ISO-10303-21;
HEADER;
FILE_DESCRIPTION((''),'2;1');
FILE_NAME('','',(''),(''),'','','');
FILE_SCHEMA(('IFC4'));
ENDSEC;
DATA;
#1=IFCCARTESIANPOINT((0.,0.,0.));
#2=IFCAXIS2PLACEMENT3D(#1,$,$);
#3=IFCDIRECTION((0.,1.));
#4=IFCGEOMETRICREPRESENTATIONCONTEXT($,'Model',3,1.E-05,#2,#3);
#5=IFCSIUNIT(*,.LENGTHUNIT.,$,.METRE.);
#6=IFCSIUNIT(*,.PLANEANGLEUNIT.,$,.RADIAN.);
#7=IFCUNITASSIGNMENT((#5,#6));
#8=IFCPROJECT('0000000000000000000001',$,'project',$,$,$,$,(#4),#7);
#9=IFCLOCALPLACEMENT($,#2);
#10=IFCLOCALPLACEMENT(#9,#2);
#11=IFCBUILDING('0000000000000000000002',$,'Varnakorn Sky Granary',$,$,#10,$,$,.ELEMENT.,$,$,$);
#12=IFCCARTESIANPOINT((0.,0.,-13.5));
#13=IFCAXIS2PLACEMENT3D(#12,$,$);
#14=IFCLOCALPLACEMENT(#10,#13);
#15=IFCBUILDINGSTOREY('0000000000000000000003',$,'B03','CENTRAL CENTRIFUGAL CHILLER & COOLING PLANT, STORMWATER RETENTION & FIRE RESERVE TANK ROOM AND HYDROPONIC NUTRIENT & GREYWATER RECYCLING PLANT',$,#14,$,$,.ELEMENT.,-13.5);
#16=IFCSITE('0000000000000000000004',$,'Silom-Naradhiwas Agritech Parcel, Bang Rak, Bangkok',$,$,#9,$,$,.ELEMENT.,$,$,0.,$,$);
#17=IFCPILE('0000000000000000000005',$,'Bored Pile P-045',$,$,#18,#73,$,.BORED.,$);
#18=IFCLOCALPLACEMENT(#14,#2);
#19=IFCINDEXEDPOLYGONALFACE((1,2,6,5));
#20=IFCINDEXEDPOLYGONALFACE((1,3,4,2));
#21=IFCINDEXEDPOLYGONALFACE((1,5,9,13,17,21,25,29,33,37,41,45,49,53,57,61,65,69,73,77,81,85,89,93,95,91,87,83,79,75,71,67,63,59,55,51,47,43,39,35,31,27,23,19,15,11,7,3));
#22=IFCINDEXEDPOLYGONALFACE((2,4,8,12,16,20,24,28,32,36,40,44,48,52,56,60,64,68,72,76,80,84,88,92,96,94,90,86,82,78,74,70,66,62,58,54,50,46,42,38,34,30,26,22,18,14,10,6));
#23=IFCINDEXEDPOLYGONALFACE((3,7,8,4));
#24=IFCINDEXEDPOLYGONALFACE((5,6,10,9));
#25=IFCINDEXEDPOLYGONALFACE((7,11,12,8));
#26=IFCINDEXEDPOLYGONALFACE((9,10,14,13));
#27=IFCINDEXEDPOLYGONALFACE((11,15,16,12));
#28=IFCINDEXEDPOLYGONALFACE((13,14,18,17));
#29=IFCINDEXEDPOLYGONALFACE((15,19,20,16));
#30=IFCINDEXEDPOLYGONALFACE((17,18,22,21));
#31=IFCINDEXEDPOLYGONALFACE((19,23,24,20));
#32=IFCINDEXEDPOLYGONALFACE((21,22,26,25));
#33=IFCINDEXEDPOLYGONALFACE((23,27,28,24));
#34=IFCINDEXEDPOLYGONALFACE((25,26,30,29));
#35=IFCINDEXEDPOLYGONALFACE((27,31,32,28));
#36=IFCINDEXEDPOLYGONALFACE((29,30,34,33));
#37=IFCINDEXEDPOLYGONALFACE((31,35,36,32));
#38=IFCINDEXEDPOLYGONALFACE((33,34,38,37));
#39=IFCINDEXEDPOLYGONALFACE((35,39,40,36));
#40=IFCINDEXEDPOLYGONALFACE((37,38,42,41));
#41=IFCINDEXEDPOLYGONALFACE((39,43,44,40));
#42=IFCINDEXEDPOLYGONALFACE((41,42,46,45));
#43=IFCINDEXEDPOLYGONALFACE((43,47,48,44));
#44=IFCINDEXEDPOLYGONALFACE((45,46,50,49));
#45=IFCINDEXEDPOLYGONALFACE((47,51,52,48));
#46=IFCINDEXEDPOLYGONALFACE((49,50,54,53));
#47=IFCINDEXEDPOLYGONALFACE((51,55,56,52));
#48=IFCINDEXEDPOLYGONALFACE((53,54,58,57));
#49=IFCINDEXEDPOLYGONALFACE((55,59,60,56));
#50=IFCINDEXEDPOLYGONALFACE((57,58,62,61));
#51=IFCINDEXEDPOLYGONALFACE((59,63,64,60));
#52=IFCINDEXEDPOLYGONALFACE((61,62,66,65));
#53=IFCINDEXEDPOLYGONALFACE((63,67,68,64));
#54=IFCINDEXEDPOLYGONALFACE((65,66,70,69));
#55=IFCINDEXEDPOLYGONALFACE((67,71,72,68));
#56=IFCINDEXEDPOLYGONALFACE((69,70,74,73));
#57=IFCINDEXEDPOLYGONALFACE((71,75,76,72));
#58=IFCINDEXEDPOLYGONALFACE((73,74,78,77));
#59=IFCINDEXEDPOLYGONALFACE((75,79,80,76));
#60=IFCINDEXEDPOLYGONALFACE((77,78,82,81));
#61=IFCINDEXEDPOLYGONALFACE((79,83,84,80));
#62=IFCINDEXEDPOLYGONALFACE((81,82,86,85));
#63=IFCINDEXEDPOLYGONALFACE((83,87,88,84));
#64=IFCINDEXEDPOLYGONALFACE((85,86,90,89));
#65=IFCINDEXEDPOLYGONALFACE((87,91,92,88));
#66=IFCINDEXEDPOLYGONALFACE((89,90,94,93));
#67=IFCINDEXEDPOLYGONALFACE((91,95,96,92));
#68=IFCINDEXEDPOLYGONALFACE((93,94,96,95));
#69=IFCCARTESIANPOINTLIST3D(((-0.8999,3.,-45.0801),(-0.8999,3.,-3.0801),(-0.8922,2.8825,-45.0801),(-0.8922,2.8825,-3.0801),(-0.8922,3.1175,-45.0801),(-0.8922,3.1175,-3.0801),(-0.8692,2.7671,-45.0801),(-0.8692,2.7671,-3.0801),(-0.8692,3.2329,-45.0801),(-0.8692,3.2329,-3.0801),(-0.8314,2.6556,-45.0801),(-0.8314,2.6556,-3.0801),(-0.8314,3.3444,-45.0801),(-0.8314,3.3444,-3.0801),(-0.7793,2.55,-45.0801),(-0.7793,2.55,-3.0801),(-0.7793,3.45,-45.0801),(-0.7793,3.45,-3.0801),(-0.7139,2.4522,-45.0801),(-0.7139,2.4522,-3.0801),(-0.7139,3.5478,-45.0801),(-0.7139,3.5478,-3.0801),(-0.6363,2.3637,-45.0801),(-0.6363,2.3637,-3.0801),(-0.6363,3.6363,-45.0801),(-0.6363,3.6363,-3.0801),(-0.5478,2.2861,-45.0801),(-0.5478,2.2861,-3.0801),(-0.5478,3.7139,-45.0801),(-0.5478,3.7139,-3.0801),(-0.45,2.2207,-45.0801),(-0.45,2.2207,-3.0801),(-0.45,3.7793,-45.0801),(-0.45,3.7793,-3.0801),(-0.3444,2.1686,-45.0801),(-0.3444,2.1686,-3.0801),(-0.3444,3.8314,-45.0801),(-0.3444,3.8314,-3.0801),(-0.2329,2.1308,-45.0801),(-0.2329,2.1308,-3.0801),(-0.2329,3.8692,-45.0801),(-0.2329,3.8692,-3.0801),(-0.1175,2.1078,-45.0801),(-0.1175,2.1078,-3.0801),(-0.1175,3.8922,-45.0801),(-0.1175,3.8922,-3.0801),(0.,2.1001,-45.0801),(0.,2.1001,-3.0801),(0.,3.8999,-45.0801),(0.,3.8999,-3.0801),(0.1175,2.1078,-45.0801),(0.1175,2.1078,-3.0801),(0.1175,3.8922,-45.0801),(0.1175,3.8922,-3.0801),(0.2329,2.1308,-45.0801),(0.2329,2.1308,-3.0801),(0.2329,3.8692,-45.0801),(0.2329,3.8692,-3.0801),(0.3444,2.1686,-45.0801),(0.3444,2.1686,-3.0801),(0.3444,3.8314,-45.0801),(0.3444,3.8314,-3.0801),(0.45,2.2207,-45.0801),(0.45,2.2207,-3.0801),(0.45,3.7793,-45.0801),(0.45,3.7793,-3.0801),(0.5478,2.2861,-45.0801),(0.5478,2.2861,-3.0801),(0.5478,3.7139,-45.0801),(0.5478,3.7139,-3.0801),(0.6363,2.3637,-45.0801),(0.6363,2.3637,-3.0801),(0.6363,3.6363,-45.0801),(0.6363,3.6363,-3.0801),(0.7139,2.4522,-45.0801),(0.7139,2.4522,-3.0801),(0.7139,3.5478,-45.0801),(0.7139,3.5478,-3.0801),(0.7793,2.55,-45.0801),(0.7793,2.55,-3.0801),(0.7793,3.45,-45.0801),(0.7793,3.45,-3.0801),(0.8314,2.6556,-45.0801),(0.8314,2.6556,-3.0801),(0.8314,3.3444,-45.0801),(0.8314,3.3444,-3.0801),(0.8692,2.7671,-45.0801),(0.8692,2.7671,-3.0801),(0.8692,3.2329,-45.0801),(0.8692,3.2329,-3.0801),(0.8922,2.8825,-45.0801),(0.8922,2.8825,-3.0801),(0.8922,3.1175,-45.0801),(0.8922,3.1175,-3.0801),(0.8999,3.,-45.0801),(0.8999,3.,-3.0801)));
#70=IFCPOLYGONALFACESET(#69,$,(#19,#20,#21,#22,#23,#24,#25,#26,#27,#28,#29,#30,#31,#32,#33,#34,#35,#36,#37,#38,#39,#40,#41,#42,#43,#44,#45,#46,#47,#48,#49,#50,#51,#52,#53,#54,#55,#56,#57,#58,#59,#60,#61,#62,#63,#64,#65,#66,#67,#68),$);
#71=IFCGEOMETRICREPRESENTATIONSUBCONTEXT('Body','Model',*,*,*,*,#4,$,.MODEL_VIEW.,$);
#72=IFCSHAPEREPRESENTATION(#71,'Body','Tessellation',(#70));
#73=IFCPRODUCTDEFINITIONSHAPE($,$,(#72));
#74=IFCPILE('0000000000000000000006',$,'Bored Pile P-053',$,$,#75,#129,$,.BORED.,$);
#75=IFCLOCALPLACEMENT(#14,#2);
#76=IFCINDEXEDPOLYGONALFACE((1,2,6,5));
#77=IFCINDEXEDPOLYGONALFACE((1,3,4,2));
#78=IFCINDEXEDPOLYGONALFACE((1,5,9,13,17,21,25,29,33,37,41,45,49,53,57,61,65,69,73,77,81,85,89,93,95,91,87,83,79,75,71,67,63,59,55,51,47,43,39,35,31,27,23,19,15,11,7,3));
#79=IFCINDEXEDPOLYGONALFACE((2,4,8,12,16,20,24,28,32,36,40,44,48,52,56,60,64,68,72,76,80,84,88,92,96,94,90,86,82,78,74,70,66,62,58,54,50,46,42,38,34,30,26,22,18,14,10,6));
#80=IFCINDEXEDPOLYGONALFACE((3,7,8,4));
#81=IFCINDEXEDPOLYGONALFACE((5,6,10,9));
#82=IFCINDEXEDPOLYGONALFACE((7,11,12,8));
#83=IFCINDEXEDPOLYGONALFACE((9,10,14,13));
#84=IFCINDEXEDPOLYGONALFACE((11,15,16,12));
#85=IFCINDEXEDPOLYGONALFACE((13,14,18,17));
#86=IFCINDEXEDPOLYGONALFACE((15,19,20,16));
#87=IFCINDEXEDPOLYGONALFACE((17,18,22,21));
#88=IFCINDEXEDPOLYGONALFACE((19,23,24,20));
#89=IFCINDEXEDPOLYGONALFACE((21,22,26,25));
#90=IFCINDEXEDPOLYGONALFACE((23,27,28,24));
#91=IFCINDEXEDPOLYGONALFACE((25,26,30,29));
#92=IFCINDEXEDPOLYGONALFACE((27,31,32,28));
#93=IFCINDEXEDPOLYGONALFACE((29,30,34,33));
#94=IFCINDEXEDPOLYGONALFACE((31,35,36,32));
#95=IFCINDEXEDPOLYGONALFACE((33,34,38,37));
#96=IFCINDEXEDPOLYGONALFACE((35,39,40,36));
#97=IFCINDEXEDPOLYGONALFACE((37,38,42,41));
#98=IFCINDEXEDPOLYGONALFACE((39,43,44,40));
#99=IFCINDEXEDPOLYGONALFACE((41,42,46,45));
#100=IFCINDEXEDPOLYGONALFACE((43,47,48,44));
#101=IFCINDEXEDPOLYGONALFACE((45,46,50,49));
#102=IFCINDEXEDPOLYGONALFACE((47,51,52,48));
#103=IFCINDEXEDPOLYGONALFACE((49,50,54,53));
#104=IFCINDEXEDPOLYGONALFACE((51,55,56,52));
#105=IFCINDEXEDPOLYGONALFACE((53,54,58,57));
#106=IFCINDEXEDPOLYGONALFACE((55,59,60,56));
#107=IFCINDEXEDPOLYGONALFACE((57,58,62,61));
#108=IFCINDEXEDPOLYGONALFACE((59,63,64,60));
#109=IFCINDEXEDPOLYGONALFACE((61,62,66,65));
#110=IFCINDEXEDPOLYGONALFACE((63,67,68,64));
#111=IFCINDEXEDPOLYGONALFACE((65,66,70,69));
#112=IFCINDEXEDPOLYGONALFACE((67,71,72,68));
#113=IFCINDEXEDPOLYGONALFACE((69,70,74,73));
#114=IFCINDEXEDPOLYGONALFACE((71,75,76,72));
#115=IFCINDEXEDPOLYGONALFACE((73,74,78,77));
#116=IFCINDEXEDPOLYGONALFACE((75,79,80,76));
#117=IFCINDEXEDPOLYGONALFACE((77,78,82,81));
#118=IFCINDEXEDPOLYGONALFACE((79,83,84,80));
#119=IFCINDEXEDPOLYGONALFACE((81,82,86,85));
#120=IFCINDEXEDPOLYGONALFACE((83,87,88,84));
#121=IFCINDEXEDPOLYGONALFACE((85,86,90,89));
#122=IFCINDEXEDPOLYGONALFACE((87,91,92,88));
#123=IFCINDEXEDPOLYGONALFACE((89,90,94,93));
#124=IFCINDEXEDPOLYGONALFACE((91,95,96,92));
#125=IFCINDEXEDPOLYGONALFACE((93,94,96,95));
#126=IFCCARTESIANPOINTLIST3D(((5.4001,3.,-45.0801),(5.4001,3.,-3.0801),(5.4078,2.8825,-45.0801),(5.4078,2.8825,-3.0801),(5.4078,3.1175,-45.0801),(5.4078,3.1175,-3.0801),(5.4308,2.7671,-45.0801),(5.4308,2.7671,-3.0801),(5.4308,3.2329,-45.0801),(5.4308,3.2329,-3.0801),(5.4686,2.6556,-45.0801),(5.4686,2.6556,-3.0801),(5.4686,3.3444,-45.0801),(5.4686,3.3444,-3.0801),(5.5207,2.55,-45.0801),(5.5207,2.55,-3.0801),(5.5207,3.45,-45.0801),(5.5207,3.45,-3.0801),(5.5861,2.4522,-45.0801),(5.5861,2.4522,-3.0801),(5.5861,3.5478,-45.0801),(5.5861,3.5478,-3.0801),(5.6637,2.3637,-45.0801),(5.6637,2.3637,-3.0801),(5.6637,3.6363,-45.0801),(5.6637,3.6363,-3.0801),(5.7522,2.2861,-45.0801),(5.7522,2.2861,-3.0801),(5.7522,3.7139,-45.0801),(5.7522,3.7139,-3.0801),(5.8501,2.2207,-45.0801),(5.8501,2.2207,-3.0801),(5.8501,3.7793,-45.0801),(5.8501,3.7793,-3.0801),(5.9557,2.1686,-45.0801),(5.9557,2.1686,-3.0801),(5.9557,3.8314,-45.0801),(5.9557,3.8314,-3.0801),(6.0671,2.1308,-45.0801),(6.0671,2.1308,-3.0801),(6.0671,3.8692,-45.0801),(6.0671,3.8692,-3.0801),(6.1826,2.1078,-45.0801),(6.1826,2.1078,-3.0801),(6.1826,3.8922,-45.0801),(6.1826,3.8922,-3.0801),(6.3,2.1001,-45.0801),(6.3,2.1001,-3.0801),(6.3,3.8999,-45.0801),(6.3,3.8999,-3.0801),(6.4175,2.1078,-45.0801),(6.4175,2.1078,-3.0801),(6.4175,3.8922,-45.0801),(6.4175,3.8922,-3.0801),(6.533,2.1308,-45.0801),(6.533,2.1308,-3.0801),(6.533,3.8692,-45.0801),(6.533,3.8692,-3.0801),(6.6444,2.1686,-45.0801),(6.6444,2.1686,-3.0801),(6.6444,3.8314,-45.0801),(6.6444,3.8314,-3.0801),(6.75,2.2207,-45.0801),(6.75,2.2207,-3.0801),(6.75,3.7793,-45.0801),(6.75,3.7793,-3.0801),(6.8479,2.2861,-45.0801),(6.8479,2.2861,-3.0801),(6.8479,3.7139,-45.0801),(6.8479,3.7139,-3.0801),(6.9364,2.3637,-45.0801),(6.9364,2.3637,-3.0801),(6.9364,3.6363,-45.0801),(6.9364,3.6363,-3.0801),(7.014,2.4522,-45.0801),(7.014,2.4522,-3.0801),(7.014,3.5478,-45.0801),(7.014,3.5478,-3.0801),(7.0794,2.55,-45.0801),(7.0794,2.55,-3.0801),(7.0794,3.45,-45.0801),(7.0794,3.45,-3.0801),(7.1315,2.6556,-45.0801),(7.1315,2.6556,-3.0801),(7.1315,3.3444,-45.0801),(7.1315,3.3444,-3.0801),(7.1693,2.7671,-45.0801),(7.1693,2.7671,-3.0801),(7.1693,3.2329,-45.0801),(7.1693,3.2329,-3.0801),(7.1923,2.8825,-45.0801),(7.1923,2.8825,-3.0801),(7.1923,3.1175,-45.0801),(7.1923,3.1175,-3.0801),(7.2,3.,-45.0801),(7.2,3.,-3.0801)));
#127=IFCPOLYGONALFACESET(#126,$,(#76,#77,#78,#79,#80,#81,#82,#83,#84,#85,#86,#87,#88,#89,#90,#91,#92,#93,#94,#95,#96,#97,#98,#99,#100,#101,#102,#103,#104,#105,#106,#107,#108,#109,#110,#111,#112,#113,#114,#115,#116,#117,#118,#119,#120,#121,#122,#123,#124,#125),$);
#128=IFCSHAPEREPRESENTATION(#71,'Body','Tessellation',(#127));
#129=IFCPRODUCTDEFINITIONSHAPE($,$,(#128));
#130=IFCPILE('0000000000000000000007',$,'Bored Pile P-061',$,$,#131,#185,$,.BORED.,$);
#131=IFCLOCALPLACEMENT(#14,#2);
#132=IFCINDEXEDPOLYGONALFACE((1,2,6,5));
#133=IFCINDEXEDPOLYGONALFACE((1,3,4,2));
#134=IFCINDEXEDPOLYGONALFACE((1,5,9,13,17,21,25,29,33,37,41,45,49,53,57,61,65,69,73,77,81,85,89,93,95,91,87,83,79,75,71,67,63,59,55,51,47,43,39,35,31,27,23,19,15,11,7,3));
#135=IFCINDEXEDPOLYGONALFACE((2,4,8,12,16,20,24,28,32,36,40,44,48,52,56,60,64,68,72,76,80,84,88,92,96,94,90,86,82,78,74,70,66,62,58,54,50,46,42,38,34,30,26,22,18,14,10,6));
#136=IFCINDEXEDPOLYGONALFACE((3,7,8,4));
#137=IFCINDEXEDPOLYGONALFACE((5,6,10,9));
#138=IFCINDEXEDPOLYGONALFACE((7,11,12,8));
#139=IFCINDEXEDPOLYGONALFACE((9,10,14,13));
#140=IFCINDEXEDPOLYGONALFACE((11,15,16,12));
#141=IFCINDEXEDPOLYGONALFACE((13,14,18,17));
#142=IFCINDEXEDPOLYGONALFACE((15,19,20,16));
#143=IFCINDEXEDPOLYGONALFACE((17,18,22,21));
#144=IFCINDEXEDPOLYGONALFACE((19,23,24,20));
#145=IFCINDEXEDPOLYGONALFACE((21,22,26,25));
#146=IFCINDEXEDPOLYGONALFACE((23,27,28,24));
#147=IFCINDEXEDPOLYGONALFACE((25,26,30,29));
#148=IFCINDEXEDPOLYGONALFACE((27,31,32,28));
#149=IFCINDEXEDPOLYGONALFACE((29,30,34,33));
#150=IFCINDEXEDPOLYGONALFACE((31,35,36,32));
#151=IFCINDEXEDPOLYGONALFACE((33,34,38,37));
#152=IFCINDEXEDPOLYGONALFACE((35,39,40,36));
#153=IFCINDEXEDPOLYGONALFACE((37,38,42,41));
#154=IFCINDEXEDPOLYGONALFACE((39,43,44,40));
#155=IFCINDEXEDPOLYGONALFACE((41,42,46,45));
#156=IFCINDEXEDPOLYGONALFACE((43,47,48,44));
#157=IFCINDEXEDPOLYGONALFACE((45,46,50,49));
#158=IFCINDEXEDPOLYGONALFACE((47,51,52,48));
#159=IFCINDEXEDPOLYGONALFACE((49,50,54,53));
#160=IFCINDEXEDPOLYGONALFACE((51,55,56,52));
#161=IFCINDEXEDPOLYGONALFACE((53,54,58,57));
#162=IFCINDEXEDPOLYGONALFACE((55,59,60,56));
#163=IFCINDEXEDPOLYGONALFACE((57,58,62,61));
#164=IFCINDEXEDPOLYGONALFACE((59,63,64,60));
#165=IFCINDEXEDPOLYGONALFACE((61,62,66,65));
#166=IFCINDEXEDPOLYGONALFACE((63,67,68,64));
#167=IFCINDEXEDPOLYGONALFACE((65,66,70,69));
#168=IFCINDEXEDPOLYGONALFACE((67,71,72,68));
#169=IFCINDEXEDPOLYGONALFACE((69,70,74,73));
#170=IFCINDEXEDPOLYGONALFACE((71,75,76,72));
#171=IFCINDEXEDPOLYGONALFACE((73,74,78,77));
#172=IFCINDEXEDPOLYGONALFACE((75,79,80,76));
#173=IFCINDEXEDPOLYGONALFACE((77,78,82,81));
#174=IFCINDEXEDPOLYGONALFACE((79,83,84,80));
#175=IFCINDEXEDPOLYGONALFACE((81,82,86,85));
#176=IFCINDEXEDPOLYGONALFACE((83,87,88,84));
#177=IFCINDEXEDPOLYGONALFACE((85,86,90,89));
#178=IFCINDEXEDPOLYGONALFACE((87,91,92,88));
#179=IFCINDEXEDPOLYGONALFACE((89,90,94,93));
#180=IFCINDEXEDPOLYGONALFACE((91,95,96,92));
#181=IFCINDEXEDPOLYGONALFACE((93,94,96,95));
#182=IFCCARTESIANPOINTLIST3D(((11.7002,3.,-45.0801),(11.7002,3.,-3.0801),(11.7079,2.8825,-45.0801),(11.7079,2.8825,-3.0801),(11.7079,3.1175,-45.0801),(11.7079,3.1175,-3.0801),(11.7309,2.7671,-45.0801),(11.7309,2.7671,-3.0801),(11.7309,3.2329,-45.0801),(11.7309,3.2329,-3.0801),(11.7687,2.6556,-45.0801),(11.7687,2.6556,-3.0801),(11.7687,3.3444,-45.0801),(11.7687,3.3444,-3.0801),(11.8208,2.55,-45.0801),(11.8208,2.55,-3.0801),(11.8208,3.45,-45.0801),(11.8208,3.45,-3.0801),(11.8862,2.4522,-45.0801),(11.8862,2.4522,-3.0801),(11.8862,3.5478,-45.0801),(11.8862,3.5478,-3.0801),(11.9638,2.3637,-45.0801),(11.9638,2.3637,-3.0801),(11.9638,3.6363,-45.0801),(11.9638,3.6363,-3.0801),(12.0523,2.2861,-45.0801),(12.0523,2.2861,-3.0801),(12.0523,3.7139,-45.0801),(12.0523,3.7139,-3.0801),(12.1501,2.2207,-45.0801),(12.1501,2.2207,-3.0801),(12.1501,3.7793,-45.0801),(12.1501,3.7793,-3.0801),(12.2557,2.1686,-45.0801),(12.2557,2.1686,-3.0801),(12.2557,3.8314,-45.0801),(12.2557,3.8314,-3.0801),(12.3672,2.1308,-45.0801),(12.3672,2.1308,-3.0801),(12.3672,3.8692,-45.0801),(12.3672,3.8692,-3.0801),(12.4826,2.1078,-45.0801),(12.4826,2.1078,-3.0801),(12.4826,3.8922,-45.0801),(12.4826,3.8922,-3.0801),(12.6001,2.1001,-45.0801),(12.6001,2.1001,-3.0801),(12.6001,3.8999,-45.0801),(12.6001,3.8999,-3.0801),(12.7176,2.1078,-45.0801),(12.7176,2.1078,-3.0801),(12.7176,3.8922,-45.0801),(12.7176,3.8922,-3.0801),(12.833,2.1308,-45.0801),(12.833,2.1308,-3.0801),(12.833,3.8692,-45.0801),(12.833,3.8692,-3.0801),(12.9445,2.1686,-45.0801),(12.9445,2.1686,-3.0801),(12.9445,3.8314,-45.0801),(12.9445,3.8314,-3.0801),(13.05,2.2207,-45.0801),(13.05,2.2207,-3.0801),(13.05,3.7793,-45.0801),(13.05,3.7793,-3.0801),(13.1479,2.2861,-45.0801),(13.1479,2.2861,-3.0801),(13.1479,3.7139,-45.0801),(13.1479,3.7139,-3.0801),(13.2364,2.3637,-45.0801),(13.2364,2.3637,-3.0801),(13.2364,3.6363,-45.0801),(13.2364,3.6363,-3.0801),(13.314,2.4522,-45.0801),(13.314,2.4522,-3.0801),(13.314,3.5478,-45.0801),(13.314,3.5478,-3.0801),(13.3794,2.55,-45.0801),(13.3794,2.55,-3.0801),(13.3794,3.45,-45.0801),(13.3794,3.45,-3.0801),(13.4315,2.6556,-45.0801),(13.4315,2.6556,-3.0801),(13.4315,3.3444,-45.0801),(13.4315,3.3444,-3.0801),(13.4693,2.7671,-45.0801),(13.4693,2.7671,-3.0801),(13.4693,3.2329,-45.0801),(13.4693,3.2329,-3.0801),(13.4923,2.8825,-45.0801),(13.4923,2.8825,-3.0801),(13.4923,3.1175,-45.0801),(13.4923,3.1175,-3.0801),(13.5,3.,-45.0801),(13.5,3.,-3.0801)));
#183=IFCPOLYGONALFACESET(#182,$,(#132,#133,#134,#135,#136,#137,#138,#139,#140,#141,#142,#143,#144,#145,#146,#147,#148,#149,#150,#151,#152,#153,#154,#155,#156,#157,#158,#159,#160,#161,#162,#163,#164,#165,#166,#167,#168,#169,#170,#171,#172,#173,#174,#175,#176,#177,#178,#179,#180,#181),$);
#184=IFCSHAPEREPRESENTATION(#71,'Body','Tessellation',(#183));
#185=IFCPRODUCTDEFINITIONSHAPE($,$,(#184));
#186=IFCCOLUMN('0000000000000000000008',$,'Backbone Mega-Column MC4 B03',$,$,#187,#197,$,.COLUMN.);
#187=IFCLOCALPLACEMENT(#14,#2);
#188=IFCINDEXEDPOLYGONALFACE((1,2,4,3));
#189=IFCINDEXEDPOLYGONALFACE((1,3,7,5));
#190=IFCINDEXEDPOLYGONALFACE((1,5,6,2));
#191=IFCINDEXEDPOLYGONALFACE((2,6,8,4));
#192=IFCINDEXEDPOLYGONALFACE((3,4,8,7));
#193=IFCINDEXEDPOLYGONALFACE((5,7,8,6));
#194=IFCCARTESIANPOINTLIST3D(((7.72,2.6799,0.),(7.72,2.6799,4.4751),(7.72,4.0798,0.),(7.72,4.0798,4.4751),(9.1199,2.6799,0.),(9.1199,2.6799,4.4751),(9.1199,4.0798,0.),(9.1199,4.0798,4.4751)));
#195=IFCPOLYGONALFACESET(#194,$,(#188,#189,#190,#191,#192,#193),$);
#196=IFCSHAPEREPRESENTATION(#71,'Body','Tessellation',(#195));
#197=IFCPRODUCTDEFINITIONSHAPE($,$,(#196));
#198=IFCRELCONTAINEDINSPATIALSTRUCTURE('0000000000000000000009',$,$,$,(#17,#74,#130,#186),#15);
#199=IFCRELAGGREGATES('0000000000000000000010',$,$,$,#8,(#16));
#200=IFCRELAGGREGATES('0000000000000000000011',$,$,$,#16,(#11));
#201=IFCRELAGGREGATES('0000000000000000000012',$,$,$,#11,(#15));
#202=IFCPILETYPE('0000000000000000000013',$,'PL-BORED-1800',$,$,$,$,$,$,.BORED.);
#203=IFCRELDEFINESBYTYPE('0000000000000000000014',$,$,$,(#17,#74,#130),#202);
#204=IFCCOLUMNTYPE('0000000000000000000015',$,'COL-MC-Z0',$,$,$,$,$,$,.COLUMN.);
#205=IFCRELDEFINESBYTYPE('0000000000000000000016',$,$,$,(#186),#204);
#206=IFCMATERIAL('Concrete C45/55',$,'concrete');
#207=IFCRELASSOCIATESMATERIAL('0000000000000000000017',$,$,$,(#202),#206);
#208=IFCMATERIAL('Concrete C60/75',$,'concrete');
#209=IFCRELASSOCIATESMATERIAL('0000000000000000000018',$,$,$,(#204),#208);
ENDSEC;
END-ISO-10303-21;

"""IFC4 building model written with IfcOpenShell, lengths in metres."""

from ifc_helpers import new_model, si_unit, direction, frame, origin, origin_2d, place, context, subcontext, project, spatial, rectangle, circle, extrude, material, material_profile, profile_set, type_object, element, save


model = new_model("IFC4")

# Units and contexts
model_context = context("Model", 3, precision=1e-05, world=origin(), true_north=direction((0.0, 1.0)))
body_context = subcontext(model_context, "Body", "Model", "MODEL_VIEW")
ifc_project = project(units=[si_unit("LENGTHUNIT", "METRE"), si_unit("PLANEANGLEUNIT", "RADIAN")], contexts=[model_context])

# Site, building, storey
site_placement = place(None, origin())
site = spatial("IfcSite", under=ifc_project, at=site_placement, Name="Silom-Naradhiwas Agritech Parcel, Bang Rak, Bangkok", CompositionType="ELEMENT", RefElevation=0.0)
building_placement = place(site_placement, origin())
building = spatial("IfcBuilding", under=site, at=building_placement, Name="Varnakorn Sky Granary", CompositionType="ELEMENT")
storey_placement = place(building_placement, frame((0.0, 0.0, -13.5)))
storey = spatial("IfcBuildingStorey", under=building, at=storey_placement, Name="B03", Description="CENTRAL CENTRIFUGAL CHILLER & COOLING PLANT, STORMWATER RETENTION & FIRE RESERVE TANK ROOM AND HYDROPONIC NUTRIENT & GREYWATER RECYCLING PLANT", CompositionType="ELEMENT", Elevation=-13.5)

# Piles
ifc_material_1 = material(Name="Concrete C45/55", Category="concrete")
ifc_material_profile_1 = material_profile(ifc_material_1, circle(Radius=0.8999, at=origin_2d()), Name="PILE D1800")
ifc_profile_set_1 = profile_set([ifc_material_profile_1], Name="Concrete C45/55")
pile_type = type_object("IfcPileType", Name="PL-BORED-1800", PredefinedType="BORED", material=ifc_profile_set_1)
for number, where, z_axis, x_axis, name in (
    (1, (0.0, 3.0, -3.0801), (0.0, 0.0, -1.0), (1.0, 0.0, 0.0), "Bored Pile P-045"),
    (2, (6.3, 3.0, -3.0801), (0.0, 0.0, -1.0), (1.0, 0.0, 0.0), "Bored Pile P-053"),
    (3, (12.6001, 3.0, -3.0801), (0.0, 0.0, -1.0), (1.0, 0.0, 0.0), "Bored Pile P-061"),
):
    element("IfcPile", number, at=place(storey_placement, frame(where, z_axis=z_axis, x_axis=x_axis)), inside=storey, type_object=pile_type, Name=name, PredefinedType="BORED", context=body_context, shape_type="SweptSolid", body=[
        extrude(circle(Radius=0.8999, at=origin_2d()), origin(), (0.0, 0.0, 1.0), 42.0),
    ])

# Column
ifc_material_2 = material(Name="Concrete C60/75", Category="concrete")
ifc_material_profile_2 = material_profile(ifc_material_2, rectangle(XDim=1.3999, YDim=1.3999, at=origin_2d()), Name="RC 1400x1400")
ifc_profile_set_2 = profile_set([ifc_material_profile_2], Name="Concrete C60/75")
column_type = type_object("IfcColumnType", Name="COL-MC-Z0", PredefinedType="COLUMN", material=ifc_profile_set_2)
column_placement = place(storey_placement, frame((8.4199, 3.3799, 0.0), z_axis=(0.0, 0.0, 1.0), x_axis=(1.0, 0.0, 0.0)))
element("IfcColumn", 4, at=column_placement, inside=storey, type_object=column_type, Name="Backbone Mega-Column MC4 B03", PredefinedType="COLUMN", context=body_context, shape_type="SweptSolid", body=[
    extrude(rectangle(XDim=1.3999, YDim=1.3999, at=origin_2d()), origin(), (0.0, 0.0, 1.0), 4.4751),
])

save(model, "model.ifc")
